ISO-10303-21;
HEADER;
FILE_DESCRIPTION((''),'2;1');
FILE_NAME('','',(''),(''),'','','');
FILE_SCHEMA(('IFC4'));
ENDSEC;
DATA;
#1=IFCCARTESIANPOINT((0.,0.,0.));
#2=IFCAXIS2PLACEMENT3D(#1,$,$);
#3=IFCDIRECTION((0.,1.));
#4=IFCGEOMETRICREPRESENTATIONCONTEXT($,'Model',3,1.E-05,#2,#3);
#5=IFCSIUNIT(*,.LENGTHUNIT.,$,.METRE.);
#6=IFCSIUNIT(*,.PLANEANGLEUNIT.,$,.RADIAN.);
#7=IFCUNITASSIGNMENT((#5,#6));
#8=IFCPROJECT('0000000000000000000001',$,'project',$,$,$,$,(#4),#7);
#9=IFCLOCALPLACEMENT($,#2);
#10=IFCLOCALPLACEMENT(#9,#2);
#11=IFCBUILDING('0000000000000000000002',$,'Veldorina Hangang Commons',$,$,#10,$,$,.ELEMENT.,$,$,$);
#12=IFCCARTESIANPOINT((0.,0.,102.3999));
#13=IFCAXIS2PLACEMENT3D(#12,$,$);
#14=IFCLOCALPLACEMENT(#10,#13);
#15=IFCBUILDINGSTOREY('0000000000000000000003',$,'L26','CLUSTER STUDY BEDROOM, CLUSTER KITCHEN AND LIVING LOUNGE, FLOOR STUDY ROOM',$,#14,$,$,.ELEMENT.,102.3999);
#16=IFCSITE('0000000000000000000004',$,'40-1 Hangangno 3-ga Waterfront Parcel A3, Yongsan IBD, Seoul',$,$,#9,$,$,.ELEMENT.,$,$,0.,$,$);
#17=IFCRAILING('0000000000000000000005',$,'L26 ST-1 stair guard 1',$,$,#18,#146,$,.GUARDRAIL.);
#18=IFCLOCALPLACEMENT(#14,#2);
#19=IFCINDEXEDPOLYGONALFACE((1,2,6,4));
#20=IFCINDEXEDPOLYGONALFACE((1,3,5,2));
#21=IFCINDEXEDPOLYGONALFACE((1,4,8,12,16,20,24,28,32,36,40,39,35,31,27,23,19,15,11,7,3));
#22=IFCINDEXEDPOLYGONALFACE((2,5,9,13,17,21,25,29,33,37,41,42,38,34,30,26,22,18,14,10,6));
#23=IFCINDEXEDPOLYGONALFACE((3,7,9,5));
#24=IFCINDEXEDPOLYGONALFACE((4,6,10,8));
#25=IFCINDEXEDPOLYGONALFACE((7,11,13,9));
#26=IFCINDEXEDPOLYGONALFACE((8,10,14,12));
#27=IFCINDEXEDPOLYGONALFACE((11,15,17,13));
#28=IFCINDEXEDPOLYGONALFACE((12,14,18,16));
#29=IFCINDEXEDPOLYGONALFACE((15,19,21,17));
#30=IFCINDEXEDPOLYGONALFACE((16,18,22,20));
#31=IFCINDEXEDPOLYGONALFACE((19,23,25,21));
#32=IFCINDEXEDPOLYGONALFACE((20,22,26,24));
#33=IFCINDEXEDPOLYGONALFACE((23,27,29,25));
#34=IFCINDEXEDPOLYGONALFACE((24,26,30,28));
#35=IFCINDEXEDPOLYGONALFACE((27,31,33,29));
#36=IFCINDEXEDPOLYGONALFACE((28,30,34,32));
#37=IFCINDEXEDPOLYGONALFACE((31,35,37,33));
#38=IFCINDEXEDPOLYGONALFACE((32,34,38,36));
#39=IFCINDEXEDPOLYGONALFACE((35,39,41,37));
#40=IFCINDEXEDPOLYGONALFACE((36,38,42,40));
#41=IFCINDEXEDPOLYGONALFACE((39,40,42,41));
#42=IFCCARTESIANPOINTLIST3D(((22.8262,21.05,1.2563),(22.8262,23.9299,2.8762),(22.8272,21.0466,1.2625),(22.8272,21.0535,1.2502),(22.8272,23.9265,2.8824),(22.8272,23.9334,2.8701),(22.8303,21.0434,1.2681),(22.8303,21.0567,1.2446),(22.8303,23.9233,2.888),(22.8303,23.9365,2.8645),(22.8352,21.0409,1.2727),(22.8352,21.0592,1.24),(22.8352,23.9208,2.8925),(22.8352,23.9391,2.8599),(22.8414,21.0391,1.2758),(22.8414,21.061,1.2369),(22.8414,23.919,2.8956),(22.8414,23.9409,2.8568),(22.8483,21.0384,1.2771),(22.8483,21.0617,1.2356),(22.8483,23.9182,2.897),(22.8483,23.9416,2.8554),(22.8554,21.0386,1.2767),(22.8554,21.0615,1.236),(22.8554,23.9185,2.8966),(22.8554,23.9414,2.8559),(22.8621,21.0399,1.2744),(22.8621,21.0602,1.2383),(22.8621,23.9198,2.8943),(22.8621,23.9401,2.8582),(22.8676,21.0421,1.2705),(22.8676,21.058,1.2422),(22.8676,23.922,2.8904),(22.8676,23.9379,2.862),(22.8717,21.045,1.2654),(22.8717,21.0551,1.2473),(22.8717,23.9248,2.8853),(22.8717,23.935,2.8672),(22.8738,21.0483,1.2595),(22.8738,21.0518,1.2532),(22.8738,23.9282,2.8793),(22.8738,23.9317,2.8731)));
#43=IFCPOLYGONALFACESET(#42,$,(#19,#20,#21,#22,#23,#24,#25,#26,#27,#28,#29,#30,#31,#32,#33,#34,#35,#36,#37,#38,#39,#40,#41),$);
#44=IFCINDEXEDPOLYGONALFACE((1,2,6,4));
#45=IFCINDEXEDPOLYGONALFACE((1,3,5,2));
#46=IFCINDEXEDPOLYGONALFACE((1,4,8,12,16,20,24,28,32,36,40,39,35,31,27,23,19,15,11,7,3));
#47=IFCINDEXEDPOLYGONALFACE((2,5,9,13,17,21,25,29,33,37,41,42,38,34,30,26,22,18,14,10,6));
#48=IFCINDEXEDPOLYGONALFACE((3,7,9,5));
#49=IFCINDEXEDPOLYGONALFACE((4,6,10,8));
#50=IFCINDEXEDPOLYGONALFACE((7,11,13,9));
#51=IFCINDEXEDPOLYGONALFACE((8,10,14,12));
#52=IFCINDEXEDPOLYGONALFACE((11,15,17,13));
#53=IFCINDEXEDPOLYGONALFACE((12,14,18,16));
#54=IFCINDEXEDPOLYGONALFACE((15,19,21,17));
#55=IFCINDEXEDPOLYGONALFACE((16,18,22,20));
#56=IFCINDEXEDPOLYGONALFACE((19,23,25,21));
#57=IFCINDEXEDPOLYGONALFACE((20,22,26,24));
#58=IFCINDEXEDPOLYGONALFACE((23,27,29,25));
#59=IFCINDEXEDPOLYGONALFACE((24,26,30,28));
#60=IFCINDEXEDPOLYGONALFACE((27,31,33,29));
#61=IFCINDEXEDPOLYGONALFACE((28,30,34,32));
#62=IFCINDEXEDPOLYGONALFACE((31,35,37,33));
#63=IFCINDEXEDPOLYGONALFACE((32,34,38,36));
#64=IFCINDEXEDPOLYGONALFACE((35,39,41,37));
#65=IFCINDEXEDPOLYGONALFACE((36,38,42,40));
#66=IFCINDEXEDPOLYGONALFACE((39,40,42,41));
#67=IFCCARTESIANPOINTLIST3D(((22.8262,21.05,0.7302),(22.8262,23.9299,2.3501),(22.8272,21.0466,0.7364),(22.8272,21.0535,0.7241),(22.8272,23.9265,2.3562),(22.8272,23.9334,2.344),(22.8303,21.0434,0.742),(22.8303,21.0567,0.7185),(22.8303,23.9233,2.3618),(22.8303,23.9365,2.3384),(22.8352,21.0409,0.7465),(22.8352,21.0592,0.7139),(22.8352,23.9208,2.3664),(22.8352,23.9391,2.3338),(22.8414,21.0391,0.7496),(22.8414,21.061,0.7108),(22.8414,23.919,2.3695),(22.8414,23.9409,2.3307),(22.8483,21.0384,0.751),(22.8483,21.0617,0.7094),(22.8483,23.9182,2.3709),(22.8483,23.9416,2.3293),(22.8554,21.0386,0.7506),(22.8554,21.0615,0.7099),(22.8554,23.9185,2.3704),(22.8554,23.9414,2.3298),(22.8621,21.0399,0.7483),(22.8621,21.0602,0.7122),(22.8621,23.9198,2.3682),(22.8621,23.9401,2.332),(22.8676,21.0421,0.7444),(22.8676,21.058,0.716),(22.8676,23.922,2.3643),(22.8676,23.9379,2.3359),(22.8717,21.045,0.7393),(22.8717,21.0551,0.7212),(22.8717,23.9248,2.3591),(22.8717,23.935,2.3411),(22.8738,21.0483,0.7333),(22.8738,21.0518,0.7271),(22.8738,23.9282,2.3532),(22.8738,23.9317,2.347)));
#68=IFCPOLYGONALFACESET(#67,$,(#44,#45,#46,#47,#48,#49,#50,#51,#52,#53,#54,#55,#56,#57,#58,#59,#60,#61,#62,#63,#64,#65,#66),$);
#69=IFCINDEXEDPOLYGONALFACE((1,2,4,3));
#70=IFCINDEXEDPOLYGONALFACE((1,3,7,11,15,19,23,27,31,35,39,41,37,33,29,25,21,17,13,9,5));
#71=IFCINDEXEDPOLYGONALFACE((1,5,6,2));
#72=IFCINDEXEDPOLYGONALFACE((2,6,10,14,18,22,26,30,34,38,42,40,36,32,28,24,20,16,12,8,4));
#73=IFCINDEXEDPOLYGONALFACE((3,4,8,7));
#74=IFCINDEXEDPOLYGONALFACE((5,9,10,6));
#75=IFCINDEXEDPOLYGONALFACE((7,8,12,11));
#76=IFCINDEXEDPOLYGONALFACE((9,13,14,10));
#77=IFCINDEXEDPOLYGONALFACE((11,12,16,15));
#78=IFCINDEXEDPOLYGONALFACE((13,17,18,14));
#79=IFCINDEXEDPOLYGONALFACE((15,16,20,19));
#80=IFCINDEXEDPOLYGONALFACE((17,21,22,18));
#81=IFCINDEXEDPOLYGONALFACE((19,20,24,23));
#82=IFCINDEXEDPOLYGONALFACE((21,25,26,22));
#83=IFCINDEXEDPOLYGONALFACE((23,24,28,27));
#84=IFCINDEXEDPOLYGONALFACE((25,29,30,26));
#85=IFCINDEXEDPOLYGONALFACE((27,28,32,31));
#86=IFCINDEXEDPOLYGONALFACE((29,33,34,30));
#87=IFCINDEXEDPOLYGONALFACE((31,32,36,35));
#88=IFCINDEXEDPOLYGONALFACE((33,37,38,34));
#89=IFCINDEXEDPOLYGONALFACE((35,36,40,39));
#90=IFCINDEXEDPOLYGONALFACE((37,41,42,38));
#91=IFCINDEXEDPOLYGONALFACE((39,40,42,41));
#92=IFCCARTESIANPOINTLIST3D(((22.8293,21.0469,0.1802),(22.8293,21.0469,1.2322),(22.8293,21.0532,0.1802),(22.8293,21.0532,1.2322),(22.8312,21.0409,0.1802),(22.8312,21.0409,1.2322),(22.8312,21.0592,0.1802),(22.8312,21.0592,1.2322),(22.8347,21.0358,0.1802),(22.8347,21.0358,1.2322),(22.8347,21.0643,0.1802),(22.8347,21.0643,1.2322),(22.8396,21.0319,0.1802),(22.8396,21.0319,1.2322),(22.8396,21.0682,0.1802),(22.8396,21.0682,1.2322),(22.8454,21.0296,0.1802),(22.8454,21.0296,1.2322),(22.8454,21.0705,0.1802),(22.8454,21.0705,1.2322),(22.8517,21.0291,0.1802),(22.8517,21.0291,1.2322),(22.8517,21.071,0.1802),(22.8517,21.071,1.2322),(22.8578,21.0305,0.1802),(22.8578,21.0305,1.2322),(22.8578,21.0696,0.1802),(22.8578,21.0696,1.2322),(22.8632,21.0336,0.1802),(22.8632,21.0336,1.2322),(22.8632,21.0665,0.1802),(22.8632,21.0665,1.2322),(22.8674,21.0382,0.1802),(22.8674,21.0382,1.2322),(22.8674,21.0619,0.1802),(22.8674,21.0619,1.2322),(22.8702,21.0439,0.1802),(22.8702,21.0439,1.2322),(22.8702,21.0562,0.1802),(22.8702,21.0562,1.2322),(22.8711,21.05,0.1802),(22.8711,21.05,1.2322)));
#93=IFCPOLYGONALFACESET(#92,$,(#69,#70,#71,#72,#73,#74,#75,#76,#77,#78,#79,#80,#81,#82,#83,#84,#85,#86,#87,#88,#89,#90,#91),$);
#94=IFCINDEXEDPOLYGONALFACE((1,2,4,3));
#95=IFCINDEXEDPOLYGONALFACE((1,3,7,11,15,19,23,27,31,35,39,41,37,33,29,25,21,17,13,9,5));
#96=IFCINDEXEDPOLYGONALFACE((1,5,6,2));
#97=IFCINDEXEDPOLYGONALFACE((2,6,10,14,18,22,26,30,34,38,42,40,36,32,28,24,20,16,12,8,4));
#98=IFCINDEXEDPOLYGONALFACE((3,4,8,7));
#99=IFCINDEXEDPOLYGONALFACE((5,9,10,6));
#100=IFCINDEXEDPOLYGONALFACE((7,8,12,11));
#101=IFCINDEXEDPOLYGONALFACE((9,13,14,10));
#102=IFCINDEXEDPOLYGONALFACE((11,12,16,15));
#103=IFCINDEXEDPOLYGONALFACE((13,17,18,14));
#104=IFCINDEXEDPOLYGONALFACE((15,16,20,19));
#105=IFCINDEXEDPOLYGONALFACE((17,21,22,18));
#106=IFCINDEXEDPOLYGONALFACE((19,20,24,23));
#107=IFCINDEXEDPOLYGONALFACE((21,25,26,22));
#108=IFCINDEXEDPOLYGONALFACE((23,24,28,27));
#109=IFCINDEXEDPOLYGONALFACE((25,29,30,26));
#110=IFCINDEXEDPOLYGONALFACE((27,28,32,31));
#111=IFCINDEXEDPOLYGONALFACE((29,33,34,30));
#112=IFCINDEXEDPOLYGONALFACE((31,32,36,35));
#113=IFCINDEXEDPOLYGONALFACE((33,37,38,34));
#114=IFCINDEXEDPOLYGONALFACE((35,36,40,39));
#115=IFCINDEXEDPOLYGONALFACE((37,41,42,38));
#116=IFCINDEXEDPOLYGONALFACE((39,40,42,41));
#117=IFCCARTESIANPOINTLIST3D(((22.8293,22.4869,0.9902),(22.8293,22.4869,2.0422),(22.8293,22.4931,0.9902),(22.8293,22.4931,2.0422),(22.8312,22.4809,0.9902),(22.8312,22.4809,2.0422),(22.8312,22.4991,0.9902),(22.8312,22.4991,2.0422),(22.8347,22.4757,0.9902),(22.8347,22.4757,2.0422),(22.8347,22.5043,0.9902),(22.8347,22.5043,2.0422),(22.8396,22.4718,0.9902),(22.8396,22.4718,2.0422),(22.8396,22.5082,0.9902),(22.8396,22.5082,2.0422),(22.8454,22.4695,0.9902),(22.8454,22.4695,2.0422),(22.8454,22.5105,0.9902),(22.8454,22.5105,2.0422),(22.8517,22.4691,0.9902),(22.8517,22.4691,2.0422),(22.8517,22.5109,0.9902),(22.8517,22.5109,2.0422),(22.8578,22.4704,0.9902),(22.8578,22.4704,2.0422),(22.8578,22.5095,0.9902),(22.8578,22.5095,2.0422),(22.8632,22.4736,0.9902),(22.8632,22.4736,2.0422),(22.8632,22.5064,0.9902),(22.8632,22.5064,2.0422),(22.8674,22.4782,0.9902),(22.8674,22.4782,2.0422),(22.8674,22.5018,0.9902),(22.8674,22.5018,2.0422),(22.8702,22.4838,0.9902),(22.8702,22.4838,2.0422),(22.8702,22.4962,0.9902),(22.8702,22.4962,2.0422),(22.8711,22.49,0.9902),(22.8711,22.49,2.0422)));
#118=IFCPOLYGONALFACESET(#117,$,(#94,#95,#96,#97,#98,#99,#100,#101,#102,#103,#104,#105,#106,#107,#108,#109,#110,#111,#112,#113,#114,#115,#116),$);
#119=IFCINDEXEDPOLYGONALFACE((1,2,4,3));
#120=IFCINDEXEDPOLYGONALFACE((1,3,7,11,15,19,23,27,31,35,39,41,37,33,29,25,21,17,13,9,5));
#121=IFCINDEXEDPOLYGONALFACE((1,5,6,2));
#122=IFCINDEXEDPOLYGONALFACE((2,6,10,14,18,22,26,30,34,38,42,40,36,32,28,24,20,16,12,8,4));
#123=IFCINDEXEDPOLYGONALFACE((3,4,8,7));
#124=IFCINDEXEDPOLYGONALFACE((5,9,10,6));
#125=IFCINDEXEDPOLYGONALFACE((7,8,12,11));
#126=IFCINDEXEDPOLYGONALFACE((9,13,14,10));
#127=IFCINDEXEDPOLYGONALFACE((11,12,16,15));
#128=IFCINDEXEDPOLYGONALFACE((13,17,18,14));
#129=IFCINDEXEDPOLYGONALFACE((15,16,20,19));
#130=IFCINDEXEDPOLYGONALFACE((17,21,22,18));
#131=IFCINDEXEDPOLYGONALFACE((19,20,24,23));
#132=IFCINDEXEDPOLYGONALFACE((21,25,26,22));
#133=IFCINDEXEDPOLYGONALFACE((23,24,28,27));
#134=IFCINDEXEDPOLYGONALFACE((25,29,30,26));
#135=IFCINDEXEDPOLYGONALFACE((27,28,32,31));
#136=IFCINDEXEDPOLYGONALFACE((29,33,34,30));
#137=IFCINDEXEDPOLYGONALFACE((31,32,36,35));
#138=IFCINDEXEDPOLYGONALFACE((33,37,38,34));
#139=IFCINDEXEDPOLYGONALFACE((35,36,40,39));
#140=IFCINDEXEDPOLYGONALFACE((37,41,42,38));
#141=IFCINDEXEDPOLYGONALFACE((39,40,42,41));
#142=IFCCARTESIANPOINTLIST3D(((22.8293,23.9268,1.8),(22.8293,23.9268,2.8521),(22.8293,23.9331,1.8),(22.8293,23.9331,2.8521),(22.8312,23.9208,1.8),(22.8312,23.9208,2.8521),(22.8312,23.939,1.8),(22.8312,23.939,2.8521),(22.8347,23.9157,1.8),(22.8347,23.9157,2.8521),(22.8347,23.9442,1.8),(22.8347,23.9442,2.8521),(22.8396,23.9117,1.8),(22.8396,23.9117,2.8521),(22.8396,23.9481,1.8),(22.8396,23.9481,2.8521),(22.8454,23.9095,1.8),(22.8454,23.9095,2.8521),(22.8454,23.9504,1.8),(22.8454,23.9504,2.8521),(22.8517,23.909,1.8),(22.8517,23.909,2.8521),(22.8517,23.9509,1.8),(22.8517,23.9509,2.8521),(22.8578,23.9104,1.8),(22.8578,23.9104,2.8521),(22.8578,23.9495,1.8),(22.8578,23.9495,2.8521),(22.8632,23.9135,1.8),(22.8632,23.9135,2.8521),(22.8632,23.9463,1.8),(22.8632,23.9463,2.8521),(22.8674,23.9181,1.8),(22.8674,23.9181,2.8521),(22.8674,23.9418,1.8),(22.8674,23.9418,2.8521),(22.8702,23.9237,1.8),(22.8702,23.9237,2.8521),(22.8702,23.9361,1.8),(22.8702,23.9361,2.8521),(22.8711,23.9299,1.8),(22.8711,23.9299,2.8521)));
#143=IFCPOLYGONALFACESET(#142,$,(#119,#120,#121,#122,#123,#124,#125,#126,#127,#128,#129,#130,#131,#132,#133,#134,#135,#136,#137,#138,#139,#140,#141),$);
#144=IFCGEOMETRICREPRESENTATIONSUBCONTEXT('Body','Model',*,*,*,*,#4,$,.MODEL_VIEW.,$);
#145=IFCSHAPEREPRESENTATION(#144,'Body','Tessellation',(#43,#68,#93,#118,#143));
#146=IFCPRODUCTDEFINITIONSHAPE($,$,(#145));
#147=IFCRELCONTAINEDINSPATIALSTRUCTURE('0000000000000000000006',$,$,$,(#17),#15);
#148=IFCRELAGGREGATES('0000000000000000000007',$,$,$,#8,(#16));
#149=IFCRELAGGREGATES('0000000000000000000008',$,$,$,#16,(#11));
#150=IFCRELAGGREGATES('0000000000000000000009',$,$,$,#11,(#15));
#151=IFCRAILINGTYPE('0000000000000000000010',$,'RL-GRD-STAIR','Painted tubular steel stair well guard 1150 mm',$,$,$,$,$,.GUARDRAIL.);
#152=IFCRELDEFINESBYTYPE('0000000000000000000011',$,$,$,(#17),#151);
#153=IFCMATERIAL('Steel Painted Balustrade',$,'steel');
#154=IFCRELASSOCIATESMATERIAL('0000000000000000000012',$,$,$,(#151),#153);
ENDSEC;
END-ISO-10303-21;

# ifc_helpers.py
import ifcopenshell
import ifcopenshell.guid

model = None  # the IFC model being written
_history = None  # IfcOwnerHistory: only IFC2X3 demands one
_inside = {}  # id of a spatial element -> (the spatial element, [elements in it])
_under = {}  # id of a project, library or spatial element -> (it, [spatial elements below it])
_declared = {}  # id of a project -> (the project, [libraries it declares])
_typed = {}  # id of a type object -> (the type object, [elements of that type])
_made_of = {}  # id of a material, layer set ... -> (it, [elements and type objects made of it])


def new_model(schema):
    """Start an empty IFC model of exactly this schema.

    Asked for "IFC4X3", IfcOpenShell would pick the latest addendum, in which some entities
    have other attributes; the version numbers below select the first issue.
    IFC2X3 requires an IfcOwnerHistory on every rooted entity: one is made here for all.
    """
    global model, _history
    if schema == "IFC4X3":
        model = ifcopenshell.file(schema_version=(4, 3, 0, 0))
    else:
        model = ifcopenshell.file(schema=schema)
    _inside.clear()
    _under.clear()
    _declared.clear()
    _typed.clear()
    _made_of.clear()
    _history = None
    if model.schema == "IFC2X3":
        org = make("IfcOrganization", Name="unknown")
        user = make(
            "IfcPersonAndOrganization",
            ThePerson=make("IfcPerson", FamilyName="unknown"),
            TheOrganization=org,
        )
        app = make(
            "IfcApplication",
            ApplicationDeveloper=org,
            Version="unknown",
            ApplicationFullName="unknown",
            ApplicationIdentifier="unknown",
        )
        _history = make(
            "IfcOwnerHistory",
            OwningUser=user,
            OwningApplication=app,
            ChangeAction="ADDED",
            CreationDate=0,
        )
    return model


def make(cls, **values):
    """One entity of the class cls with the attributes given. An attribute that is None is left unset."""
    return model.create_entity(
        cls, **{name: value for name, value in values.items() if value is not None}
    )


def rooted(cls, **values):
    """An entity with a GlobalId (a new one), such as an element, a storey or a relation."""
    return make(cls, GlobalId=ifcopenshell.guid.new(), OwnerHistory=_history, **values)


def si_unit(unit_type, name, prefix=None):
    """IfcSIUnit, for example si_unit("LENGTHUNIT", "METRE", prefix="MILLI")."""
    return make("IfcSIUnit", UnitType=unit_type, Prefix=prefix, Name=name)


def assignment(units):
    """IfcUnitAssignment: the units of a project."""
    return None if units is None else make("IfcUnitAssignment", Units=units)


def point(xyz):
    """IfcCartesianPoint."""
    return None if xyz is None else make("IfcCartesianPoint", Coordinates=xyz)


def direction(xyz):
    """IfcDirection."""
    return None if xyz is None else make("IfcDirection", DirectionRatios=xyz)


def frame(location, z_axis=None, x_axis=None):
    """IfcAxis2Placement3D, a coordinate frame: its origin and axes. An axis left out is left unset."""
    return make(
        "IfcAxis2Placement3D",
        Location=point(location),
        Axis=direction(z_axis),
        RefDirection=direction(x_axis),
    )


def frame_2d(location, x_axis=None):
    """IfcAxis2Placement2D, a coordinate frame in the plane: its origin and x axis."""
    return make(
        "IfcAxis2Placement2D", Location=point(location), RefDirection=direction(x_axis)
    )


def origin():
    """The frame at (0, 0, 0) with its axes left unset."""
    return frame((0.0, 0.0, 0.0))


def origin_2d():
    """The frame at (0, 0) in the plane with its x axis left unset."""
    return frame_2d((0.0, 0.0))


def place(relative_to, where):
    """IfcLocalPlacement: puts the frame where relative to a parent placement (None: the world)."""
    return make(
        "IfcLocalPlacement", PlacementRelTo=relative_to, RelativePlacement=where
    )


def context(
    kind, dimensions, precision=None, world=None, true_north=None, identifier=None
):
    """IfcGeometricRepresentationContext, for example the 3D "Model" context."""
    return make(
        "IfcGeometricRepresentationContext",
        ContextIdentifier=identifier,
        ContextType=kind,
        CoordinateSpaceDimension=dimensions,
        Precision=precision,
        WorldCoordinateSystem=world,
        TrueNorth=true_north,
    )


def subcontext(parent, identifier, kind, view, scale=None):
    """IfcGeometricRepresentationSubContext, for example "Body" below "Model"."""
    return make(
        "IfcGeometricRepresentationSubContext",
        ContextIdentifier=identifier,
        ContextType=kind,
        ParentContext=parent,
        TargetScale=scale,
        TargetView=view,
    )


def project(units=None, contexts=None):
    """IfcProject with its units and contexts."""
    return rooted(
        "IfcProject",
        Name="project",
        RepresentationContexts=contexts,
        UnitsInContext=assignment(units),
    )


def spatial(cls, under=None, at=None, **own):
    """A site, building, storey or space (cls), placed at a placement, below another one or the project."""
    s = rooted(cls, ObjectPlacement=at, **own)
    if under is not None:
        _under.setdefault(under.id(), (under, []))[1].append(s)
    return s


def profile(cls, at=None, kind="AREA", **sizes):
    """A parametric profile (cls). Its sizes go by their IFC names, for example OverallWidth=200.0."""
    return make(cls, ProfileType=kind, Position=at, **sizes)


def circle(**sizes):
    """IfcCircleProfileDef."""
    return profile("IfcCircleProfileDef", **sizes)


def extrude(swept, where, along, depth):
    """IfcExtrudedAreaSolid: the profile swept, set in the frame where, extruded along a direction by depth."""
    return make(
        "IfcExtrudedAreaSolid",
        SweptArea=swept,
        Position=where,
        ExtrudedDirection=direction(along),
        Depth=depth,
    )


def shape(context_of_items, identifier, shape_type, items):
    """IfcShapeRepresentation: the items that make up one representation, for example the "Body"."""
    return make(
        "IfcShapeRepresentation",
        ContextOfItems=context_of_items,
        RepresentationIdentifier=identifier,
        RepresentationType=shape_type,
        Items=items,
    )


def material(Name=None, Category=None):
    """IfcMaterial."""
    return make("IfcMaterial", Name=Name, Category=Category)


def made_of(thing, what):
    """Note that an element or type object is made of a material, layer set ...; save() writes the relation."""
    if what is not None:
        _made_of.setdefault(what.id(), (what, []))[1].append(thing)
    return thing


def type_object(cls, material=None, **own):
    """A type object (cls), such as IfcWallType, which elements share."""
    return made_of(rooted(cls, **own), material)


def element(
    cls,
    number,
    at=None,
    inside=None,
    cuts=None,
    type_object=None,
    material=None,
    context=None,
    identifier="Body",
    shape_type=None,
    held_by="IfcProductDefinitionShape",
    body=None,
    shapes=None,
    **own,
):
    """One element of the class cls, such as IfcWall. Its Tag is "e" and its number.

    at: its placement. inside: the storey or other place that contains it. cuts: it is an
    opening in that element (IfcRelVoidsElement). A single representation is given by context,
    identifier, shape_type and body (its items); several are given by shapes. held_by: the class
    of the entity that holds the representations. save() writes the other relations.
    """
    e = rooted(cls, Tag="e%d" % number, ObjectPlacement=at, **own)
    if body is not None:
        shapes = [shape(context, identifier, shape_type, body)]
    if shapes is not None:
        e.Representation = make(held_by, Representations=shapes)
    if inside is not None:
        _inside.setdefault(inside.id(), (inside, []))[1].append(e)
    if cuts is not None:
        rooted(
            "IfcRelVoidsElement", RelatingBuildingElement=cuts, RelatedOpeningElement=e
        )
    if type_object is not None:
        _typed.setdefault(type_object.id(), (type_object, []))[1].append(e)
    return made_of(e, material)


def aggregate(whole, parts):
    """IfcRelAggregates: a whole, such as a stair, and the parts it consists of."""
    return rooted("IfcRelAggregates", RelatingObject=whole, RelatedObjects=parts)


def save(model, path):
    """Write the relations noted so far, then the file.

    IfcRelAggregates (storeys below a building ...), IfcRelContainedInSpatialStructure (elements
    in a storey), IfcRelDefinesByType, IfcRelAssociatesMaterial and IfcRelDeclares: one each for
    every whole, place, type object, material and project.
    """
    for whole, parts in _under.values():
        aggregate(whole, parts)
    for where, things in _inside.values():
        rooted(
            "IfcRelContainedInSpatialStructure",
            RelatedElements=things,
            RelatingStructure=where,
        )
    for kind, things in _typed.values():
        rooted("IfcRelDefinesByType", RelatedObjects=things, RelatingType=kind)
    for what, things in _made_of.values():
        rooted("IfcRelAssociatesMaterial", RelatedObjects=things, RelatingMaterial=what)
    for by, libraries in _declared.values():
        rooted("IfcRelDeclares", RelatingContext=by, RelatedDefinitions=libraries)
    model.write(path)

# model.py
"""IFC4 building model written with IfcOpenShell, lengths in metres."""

from ifc_helpers import new_model, si_unit, direction, frame, origin, origin_2d, place, context, subcontext, project, spatial, circle, extrude, material, type_object, element, save


model = new_model("IFC4")

# Units and contexts
model_context = context("Model", 3, precision=1e-05, world=origin(), true_north=direction((0.0, 1.0)))
body_context = subcontext(model_context, "Body", "Model", "MODEL_VIEW")
ifc_project = project(units=[si_unit("LENGTHUNIT", "METRE"), si_unit("PLANEANGLEUNIT", "RADIAN")], contexts=[model_context])

# Site, building, storey
site_placement = place(None, origin())
site = spatial("IfcSite", under=ifc_project, at=site_placement, Name="40-1 Hangangno 3-ga Waterfront Parcel A3, Yongsan IBD, Seoul", CompositionType="ELEMENT", RefElevation=0.0)
building_placement = place(site_placement, origin())
building = spatial("IfcBuilding", under=site, at=building_placement, Name="Veldorina Hangang Commons", CompositionType="ELEMENT")
storey_placement = place(building_placement, frame((0.0, 0.0, 102.3999)))
storey = spatial("IfcBuildingStorey", under=building, at=storey_placement, Name="L26", Description="CLUSTER STUDY BEDROOM, CLUSTER KITCHEN AND LIVING LOUNGE, FLOOR STUDY ROOM", CompositionType="ELEMENT", Elevation=102.3999)

# Railing
ifc_material_1 = material(Name="Steel Painted Balustrade", Category="steel")
railing_type_1 = type_object("IfcRailingType", Name="RL-GRD-STAIR", Description="Painted tubular steel stair well guard 1150 mm", PredefinedType="GUARDRAIL", material=ifc_material_1)
railing_1_placement = place(storey_placement, frame((22.8501, 21.05, 0.1802)))
element("IfcRailing", 1, at=railing_1_placement, inside=storey, type_object=railing_type_1, Name="L26 ST-1 stair guard 1", PredefinedType="GUARDRAIL", context=body_context, shape_type="SweptSolid", body=[
    extrude(circle(Radius=0.0239, at=origin_2d()), frame((0.0, 0.0, 1.0762), z_axis=(0.0, 0.871583, 0.490247), x_axis=(-1.0, 0.0, 0.0)), (0.0, 0.0, 1.0), 3.3042),
    extrude(circle(Radius=0.0239, at=origin_2d()), frame((0.0, 0.0, 0.55), z_axis=(0.0, 0.871583, 0.490247), x_axis=(-1.0, 0.0, 0.0)), (0.0, 0.0, 1.0), 3.3042),
    extrude(circle(Radius=0.021, at=origin_2d()), origin(), (0.0, 0.0, 1.0), 1.052),
    extrude(circle(Radius=0.021, at=origin_2d()), frame((0.0, 1.4399, 0.8101)), (0.0, 0.0, 1.0), 1.052),
    extrude(circle(Radius=0.021, at=origin_2d()), frame((0.0, 2.8799, 1.6199)), (0.0, 0.0, 1.0), 1.052),
])

save(model, "model.ifc")
